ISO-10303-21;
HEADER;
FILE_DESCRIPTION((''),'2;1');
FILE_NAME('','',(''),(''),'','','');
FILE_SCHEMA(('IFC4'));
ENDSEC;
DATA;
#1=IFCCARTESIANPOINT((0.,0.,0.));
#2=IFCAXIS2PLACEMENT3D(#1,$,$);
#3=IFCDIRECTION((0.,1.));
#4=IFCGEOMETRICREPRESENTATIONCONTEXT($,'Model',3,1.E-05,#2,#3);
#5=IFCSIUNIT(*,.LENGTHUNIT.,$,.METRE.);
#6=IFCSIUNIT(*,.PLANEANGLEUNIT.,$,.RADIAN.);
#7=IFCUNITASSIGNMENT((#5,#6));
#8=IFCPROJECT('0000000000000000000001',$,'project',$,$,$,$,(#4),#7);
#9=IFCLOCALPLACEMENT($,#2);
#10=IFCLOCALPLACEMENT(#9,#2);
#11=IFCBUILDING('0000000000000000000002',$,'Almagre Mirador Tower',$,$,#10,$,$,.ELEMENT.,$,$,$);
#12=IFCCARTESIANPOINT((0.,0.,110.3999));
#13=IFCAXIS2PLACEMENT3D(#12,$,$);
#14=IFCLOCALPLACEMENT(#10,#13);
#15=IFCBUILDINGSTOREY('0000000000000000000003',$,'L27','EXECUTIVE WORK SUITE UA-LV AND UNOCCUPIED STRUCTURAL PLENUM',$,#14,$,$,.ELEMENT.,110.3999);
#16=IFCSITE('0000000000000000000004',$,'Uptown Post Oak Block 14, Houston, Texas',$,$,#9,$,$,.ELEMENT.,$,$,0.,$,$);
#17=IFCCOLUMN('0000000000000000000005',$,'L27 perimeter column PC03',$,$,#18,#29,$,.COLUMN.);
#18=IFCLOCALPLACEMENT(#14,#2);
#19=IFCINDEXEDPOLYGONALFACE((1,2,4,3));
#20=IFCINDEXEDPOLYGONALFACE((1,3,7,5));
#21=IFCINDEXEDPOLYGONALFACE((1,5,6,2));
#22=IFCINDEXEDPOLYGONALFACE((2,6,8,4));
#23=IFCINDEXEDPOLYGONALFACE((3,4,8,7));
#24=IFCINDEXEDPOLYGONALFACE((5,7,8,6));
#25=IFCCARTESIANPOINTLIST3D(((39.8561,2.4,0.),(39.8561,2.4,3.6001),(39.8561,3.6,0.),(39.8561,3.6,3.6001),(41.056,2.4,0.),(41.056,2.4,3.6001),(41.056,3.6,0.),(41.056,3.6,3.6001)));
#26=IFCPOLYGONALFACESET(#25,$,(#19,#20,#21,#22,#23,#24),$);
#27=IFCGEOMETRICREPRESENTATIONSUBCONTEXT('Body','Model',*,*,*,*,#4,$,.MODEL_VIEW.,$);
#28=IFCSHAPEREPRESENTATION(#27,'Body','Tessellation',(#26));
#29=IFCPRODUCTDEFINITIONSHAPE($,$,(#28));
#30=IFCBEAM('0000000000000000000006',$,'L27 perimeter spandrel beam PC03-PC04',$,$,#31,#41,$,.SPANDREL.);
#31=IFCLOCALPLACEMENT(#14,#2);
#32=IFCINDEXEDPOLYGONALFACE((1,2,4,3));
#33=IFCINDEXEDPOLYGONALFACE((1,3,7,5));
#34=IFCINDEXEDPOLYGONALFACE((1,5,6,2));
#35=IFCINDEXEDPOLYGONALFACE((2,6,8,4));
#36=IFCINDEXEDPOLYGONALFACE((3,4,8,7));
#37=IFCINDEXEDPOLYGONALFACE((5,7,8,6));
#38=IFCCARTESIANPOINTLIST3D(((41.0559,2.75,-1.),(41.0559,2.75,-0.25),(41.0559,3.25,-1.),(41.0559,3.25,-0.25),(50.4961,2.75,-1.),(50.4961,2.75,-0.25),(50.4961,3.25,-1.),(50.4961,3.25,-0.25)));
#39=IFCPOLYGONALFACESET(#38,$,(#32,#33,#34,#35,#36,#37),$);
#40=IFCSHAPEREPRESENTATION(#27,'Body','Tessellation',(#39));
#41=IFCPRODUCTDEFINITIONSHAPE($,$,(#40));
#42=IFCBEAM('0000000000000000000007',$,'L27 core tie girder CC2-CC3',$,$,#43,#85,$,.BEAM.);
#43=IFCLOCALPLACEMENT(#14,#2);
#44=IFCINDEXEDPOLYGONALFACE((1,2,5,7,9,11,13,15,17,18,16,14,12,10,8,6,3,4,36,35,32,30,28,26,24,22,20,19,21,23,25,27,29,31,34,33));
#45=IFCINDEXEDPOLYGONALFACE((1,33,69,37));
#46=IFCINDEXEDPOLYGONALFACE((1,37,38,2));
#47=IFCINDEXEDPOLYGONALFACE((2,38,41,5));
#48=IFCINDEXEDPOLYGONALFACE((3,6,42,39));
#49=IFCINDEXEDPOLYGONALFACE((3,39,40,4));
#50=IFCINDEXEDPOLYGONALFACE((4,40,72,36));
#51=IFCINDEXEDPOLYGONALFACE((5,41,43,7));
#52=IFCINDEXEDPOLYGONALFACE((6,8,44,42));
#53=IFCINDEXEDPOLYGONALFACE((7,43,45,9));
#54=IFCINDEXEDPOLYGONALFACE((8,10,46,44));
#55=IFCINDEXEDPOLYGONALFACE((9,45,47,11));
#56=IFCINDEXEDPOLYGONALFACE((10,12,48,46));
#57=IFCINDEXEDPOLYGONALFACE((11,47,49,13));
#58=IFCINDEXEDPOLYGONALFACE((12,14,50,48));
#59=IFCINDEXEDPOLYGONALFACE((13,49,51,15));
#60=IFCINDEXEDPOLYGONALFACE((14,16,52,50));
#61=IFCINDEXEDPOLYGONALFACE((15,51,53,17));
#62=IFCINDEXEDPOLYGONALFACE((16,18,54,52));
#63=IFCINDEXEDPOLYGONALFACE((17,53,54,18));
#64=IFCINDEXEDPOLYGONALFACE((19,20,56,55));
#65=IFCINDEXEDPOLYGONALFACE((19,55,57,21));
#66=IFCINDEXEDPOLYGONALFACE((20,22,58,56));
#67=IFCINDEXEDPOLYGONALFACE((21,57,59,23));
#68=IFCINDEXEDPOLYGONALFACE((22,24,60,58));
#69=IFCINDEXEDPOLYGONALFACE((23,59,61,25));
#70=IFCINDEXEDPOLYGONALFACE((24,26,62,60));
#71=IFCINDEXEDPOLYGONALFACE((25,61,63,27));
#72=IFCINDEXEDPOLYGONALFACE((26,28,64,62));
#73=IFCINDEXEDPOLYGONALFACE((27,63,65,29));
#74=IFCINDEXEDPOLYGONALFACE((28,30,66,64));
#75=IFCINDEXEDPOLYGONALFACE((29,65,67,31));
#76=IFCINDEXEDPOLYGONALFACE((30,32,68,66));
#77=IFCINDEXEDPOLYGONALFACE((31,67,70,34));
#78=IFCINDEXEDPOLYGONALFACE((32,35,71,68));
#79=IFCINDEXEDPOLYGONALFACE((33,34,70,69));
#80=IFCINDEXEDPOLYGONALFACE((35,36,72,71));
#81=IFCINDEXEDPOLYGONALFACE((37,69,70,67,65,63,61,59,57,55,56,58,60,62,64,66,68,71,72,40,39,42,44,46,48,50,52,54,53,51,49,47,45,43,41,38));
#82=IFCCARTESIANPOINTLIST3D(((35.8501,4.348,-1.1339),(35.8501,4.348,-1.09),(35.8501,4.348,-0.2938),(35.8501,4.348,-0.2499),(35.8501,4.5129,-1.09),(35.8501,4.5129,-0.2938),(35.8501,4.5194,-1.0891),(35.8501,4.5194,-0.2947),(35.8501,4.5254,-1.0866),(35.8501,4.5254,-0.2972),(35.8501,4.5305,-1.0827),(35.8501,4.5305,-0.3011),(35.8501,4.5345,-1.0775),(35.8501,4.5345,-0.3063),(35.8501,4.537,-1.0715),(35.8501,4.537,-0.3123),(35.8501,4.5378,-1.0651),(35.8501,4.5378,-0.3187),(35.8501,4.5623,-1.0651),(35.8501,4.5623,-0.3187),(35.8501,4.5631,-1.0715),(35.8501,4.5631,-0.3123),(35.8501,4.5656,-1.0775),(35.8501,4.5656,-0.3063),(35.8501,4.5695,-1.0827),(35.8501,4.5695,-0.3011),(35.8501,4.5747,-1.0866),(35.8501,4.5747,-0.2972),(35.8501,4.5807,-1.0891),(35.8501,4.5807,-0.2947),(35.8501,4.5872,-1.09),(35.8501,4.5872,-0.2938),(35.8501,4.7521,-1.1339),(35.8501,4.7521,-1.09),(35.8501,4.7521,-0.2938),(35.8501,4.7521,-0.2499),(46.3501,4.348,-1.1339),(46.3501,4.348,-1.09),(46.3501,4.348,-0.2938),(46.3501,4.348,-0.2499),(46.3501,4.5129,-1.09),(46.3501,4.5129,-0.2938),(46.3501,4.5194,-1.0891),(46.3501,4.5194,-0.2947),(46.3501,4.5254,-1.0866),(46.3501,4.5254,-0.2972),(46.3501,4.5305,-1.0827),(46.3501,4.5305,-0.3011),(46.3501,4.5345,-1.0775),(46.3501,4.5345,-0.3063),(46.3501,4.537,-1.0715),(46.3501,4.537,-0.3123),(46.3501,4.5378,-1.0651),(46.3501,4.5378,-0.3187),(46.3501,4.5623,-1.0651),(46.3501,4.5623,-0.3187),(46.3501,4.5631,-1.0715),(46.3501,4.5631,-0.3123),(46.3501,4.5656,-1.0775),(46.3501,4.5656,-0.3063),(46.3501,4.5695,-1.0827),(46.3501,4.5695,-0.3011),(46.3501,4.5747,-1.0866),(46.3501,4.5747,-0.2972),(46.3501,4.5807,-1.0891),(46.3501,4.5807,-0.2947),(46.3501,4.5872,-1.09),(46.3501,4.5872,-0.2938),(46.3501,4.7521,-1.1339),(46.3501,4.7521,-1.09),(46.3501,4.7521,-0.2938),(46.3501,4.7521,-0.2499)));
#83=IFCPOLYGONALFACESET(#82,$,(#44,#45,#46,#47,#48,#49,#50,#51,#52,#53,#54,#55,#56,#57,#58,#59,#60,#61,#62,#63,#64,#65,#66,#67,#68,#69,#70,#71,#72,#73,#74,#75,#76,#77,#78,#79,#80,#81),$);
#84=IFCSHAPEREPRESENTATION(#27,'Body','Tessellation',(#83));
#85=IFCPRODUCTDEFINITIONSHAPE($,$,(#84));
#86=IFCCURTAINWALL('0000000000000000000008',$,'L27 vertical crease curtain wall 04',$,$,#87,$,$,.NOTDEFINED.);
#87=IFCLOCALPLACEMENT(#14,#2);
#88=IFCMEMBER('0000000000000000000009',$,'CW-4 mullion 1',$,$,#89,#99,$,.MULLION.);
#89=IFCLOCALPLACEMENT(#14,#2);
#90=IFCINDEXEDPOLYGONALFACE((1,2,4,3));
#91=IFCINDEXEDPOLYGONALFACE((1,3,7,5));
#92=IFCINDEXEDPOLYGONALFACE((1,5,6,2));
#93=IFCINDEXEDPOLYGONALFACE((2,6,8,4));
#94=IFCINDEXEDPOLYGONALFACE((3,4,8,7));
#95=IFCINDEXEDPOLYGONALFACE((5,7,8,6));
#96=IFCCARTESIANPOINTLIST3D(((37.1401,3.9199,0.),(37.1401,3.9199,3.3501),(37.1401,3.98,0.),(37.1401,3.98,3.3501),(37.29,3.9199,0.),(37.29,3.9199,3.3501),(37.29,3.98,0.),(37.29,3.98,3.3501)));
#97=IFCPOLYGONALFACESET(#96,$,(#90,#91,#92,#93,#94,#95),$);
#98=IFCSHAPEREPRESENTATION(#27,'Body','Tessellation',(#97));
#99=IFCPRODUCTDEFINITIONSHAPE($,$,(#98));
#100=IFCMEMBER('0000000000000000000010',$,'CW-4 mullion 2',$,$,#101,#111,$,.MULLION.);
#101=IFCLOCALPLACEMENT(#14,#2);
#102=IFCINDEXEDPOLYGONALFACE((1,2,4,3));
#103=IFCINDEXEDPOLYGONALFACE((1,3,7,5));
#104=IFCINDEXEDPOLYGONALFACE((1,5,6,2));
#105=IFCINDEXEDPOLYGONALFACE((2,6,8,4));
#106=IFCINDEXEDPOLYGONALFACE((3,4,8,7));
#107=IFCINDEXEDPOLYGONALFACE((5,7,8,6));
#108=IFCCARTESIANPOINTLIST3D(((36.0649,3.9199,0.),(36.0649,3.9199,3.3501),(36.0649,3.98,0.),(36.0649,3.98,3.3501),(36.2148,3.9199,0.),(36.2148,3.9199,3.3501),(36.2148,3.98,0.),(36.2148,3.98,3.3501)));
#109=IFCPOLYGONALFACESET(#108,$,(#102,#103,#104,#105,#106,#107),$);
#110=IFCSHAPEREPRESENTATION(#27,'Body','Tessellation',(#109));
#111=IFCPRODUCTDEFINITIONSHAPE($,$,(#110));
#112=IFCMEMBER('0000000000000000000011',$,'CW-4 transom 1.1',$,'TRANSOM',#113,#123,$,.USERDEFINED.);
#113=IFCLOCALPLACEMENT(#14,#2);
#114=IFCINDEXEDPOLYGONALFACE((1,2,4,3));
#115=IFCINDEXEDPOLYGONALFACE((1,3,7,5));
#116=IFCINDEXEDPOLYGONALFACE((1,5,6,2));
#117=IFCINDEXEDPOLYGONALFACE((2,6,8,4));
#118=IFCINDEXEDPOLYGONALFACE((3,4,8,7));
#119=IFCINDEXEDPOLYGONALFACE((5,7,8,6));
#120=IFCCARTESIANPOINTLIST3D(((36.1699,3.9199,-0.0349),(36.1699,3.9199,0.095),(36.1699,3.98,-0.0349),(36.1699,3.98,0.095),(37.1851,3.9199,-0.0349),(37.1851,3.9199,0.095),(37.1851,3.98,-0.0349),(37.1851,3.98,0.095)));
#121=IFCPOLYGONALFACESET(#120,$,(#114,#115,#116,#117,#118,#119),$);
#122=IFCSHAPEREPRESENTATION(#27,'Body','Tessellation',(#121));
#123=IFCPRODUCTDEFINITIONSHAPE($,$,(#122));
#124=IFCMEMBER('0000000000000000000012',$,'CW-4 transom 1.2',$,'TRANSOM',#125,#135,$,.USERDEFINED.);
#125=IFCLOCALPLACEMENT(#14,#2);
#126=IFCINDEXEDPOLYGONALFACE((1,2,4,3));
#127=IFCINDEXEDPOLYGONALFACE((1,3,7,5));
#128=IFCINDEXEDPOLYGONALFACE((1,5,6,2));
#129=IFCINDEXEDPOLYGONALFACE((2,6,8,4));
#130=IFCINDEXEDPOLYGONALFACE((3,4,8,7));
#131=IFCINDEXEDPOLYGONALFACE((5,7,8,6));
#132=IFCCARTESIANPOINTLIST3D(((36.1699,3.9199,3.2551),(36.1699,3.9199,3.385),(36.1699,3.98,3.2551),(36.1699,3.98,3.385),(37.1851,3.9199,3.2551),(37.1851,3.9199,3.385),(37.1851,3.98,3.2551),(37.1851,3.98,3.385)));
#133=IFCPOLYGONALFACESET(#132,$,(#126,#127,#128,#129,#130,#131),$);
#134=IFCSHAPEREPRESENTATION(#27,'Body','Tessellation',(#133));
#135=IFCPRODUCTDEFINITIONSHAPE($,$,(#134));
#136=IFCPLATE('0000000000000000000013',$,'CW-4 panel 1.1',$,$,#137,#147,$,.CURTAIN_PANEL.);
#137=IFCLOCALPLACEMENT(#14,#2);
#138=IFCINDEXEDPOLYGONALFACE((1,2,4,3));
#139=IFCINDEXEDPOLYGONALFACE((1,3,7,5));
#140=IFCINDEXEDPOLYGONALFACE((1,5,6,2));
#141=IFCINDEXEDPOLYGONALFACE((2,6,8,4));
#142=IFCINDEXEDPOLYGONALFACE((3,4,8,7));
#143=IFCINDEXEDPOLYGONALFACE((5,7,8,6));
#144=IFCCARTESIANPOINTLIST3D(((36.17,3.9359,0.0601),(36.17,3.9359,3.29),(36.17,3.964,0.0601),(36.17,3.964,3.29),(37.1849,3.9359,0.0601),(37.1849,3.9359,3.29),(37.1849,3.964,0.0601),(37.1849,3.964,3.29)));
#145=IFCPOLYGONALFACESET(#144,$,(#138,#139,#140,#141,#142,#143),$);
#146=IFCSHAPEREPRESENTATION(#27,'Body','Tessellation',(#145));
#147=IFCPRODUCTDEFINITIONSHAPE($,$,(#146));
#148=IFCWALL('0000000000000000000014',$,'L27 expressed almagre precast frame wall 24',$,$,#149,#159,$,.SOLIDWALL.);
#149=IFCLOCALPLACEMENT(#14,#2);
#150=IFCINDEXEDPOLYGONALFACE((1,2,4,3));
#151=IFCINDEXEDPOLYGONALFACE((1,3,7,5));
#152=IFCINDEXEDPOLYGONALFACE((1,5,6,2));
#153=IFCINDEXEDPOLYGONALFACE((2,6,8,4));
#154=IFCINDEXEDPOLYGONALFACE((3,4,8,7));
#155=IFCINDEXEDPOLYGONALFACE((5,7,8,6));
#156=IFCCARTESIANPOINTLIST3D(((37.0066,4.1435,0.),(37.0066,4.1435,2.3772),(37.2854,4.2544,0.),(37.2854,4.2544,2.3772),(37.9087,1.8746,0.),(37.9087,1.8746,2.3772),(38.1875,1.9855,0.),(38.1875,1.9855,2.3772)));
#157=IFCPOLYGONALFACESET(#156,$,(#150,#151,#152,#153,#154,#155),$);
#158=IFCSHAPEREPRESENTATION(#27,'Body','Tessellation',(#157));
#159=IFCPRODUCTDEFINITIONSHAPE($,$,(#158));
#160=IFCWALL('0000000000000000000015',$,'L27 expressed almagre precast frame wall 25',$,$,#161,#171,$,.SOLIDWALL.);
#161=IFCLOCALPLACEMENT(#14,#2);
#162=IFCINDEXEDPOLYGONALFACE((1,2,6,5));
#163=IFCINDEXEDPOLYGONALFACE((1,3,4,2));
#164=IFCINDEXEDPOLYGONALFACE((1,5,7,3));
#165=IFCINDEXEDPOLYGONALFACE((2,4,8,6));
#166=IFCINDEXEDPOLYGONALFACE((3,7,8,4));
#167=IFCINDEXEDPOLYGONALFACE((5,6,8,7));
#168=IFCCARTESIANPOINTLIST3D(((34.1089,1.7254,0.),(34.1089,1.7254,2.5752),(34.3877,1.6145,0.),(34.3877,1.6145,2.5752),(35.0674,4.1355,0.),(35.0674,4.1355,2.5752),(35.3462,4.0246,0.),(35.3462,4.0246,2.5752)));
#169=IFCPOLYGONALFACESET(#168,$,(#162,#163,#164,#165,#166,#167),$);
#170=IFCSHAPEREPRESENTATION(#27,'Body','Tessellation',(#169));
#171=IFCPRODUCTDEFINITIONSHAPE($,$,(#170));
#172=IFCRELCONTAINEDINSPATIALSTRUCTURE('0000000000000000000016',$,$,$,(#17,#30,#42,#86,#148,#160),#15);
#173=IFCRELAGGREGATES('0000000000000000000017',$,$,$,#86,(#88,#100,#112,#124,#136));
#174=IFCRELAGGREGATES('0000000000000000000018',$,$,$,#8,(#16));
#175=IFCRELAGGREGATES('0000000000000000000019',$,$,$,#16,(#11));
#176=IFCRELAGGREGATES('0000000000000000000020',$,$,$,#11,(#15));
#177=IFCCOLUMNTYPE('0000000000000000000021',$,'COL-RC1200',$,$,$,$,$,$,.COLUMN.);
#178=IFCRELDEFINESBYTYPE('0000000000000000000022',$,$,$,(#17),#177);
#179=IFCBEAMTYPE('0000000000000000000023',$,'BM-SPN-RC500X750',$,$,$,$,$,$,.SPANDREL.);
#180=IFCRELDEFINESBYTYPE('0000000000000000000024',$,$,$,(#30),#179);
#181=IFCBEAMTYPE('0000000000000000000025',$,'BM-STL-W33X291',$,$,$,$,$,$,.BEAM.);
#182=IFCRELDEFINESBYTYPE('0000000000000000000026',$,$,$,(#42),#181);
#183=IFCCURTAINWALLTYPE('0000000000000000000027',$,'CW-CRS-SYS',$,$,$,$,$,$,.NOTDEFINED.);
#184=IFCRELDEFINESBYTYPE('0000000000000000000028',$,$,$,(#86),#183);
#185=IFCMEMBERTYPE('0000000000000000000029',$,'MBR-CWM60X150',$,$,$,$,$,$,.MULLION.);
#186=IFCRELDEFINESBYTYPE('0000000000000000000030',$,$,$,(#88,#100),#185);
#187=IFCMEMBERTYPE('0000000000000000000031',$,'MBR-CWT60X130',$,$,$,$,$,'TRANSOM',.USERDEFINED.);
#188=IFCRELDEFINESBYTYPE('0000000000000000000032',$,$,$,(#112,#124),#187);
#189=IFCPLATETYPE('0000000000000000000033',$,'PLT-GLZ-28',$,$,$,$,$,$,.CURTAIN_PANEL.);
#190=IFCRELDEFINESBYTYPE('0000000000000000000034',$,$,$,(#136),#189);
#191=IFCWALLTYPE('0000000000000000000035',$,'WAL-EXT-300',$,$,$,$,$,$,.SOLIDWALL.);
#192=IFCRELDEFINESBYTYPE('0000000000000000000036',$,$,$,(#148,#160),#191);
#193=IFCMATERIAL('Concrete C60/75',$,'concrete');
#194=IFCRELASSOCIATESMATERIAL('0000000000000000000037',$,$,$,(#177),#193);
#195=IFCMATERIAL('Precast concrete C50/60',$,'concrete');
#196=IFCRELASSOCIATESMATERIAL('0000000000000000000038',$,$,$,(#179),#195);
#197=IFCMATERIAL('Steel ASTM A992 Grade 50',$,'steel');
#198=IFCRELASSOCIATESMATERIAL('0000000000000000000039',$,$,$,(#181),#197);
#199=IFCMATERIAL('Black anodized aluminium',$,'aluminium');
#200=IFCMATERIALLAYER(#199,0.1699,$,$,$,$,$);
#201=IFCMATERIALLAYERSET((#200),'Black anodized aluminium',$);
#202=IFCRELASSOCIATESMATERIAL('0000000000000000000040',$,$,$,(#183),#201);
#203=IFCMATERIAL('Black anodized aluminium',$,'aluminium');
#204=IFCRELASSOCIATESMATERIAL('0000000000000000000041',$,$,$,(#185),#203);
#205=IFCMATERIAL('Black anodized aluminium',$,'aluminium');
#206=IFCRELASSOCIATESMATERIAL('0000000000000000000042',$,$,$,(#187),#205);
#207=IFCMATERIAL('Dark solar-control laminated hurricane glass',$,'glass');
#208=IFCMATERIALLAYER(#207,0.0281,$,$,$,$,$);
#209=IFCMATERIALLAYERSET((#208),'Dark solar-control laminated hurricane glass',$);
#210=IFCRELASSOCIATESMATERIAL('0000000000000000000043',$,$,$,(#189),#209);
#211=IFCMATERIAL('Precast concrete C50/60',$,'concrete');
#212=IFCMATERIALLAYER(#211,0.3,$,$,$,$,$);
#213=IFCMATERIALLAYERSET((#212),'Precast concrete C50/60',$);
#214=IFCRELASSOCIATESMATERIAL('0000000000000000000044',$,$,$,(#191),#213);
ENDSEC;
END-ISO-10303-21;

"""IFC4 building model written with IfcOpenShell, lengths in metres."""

from ifc_helpers import new_model, si_unit, direction, frame, frame_2d, origin, origin_2d, place, context, subcontext, project, spatial, rectangle, i_section, extrude, material, layer, layer_set, material_profile, profile_set, type_object, element, aggregate, save


model = new_model("IFC4")

# Units and contexts
model_context = context("Model", 3, precision=1e-05, world=origin(), true_north=direction((0.0, 1.0)))
body_context = subcontext(model_context, "Body", "Model", "MODEL_VIEW")
ifc_project = project(units=[si_unit("LENGTHUNIT", "METRE"), si_unit("PLANEANGLEUNIT", "RADIAN")], contexts=[model_context])

# Site, building, storey
site_placement = place(None, origin())
site = spatial("IfcSite", under=ifc_project, at=site_placement, Name="Uptown Post Oak Block 14, Houston, Texas", CompositionType="ELEMENT", RefElevation=0.0)
building_placement = place(site_placement, origin())
building = spatial("IfcBuilding", under=site, at=building_placement, Name="Almagre Mirador Tower", CompositionType="ELEMENT")
storey_placement = place(building_placement, frame((0.0, 0.0, 110.3999)))
storey = spatial("IfcBuildingStorey", under=building, at=storey_placement, Name="L27", Description="EXECUTIVE WORK SUITE UA-LV AND UNOCCUPIED STRUCTURAL PLENUM", CompositionType="ELEMENT", Elevation=110.3999)

# Column
ifc_material_1 = material(Name="Concrete C60/75", Category="concrete")
ifc_material_profile_1 = material_profile(ifc_material_1, rectangle(XDim=1.2, YDim=1.2, at=origin_2d()), Name="RC1200X1200")
ifc_profile_set_1 = profile_set([ifc_material_profile_1], Name="Concrete C60/75")
column_type = type_object("IfcColumnType", Name="COL-RC1200", PredefinedType="COLUMN", material=ifc_profile_set_1)
column_placement = place(storey_placement, frame((40.4561, 3.0, 0.0), z_axis=(0.0, 0.0, 1.0), x_axis=(1.0, 0.0, 0.0)))
element("IfcColumn", 1, at=column_placement, inside=storey, type_object=column_type, Name="L27 perimeter column PC03", PredefinedType="COLUMN", context=body_context, shape_type="SweptSolid", body=[
    extrude(rectangle(XDim=1.2, YDim=1.2, at=origin_2d()), origin(), (0.0, 0.0, 1.0), 3.6001),
])

# Beams
ifc_material_2 = material(Name="Precast concrete C50/60", Category="concrete")
ifc_material_profile_2 = material_profile(ifc_material_2, rectangle(XDim=0.5, YDim=0.75, at=origin_2d()), Name="RC500X750")
ifc_profile_set_2 = profile_set([ifc_material_profile_2], Name="Precast concrete C50/60")
beam_type_1 = type_object("IfcBeamType", Name="BM-SPN-RC500X750", PredefinedType="SPANDREL", material=ifc_profile_set_2)
beam_1_placement = place(storey_placement, frame((41.0559, 3.0, -0.625), z_axis=(1.0, 0.0, 0.0), x_axis=(0.0, 1.0, 0.0)))
element("IfcBeam", 2, at=beam_1_placement, inside=storey, type_object=beam_type_1, Name="L27 perimeter spandrel beam PC03-PC04", PredefinedType="SPANDREL", context=body_context, shape_type="SweptSolid", body=[
    extrude(rectangle(XDim=0.5, YDim=0.75, at=origin_2d()), origin(), (0.0, 0.0, 1.0), 9.4402),
])
ifc_material_3 = material(Name="Steel ASTM A992 Grade 50", Category="steel")
ifc_material_profile_3 = material_profile(ifc_material_3, i_section(OverallWidth=0.4041, OverallDepth=0.884, WebThickness=0.0244, FlangeThickness=0.0439, FilletRadius=0.0249, at=origin_2d()), Name="W33X291")
ifc_profile_set_3 = profile_set([ifc_material_profile_3], Name="Steel ASTM A992 Grade 50")
beam_type_2 = type_object("IfcBeamType", Name="BM-STL-W33X291", PredefinedType="BEAM", material=ifc_profile_set_3)
beam_2_placement = place(storey_placement, frame((35.8501, 4.55, -0.6919), z_axis=(1.0, 0.0, 0.0), x_axis=(0.0, 1.0, 0.0)))
element("IfcBeam", 3, at=beam_2_placement, inside=storey, type_object=beam_type_2, Name="L27 core tie girder CC2-CC3", PredefinedType="BEAM", context=body_context, shape_type="SweptSolid", body=[
    extrude(i_section(OverallWidth=0.4041, OverallDepth=0.884, WebThickness=0.0244, FlangeThickness=0.0439, FilletRadius=0.0249, at=origin_2d()), origin(), (0.0, 0.0, 1.0), 10.5),
])

# Curtain wall, members, plate
ifc_material_4 = material(Name="Black anodized aluminium", Category="aluminium")
ifc_layer_1 = layer(ifc_material_4, 0.1699)
ifc_layer_set_1 = layer_set([ifc_layer_1], Name="Black anodized aluminium")
curtain_wall_type = type_object("IfcCurtainWallType", Name="CW-CRS-SYS", PredefinedType="NOTDEFINED", material=ifc_layer_set_1)
curtain_wall_placement = place(storey_placement, origin())
curtain_wall = element("IfcCurtainWall", 4, at=curtain_wall_placement, inside=storey, type_object=curtain_wall_type, Name="L27 vertical crease curtain wall 04", PredefinedType="NOTDEFINED")
ifc_material_5 = material(Name="Black anodized aluminium", Category="aluminium")
ifc_material_profile_4 = material_profile(ifc_material_5, rectangle(XDim=0.0601, YDim=0.1499, at=origin_2d()), Name="CWM60X150")
ifc_profile_set_4 = profile_set([ifc_material_profile_4], Name="Black anodized aluminium")
member_type_1 = type_object("IfcMemberType", Name="MBR-CWM60X150", PredefinedType="MULLION", material=ifc_profile_set_4)
member_1_placement = place(storey_placement, frame((37.2151, 3.95, 0.0), z_axis=(0.0, 0.0, 1.0), x_axis=(0.0, -1.0, 0.0)))
member_1 = element("IfcMember", 5, at=member_1_placement, type_object=member_type_1, Name="CW-4 mullion 1", PredefinedType="MULLION", context=body_context, shape_type="SweptSolid", body=[
    extrude(rectangle(XDim=0.0601, YDim=0.1499, at=origin_2d()), origin(), (0.0, 0.0, 1.0), 3.3501),
])
member_2_placement = place(storey_placement, frame((36.1399, 3.95, 0.0), z_axis=(0.0, 0.0, 1.0), x_axis=(0.0, -1.0, 0.0)))
member_2 = element("IfcMember", 6, at=member_2_placement, type_object=member_type_1, Name="CW-4 mullion 2", PredefinedType="MULLION", context=body_context, shape_type="SweptSolid", body=[
    extrude(rectangle(XDim=0.0601, YDim=0.1499, at=origin_2d()), origin(), (0.0, 0.0, 1.0), 3.3501),
])
ifc_material_6 = material(Name="Black anodized aluminium", Category="aluminium")
ifc_material_profile_5 = material_profile(ifc_material_6, rectangle(XDim=0.0601, YDim=0.1299, at=origin_2d()), Name="CWT60X130")
ifc_profile_set_5 = profile_set([ifc_material_profile_5], Name="Black anodized aluminium")
member_type_2 = type_object("IfcMemberType", Name="MBR-CWT60X130", ElementType="TRANSOM", PredefinedType="USERDEFINED", material=ifc_profile_set_5)
member_3_placement = place(storey_placement, frame((37.1851, 3.95, 0.03), z_axis=(-1.0, 0.0, 0.0), x_axis=(0.0, -1.0, 0.0)))
member_3 = element("IfcMember", 7, at=member_3_placement, type_object=member_type_2, Name="CW-4 transom 1.1", ObjectType="TRANSOM", PredefinedType="USERDEFINED", context=body_context, shape_type="SweptSolid", body=[
    extrude(rectangle(XDim=0.0601, YDim=0.1299, at=origin_2d()), origin(), (0.0, 0.0, 1.0), 1.0151),
])
member_4_placement = place(storey_placement, frame((37.1851, 3.95, 3.3201), z_axis=(-1.0, 0.0, 0.0), x_axis=(0.0, -1.0, 0.0)))
member_4 = element("IfcMember", 8, at=member_4_placement, type_object=member_type_2, Name="CW-4 transom 1.2", ObjectType="TRANSOM", PredefinedType="USERDEFINED", context=body_context, shape_type="SweptSolid", body=[
    extrude(rectangle(XDim=0.0601, YDim=0.1299, at=origin_2d()), origin(), (0.0, 0.0, 1.0), 1.0151),
])
ifc_material_7 = material(Name="Dark solar-control laminated hurricane glass", Category="glass")
ifc_layer_2 = layer(ifc_material_7, 0.0281)
ifc_layer_set_2 = layer_set([ifc_layer_2], Name="Dark solar-control laminated hurricane glass")
plate_type = type_object("IfcPlateType", Name="PLT-GLZ-28", PredefinedType="CURTAIN_PANEL", material=ifc_layer_set_2)
plate_placement = place(storey_placement, frame((36.6775, 3.95, 0.0601), z_axis=(0.0, 0.0, 1.0), x_axis=(-1.0, 0.0, 0.0)))
plate = element("IfcPlate", 9, at=plate_placement, type_object=plate_type, Name="CW-4 panel 1.1", PredefinedType="CURTAIN_PANEL", context=body_context, shape_type="SweptSolid", body=[
    extrude(rectangle(XDim=1.0149, YDim=0.0281, at=origin_2d()), origin(), (0.0, 0.0, 1.0), 3.23),
])
aggregate(curtain_wall, [member_1, member_2, member_3, member_4, plate])

# Walls
ifc_material_8 = material(Name="Precast concrete C50/60", Category="concrete")
ifc_layer_3 = layer(ifc_material_8, 0.3)
ifc_layer_set_3 = layer_set([ifc_layer_3], Name="Precast concrete C50/60")
wall_type_1 = type_object("IfcWallType", Name="WAL-EXT-300", PredefinedType="SOLIDWALL", material=ifc_layer_set_3)
wall_1_placement = place(storey_placement, frame((38.0481, 1.9302, 0.0), z_axis=(0.0, 0.0, 1.0), x_axis=(-0.369476, 0.92924, 0.0)))
element("IfcWall", 10, at=wall_1_placement, inside=storey, type_object=wall_type_1, Name="L27 expressed almagre precast frame wall 24", PredefinedType="SOLIDWALL", context=body_context, shape_type="SweptSolid", body=[
    extrude(rectangle(XDim=2.4417, YDim=0.3, at=frame_2d((1.2207, 0.0))), origin(), (0.0, 0.0, 1.0), 2.3772),
])
wall_2_placement = place(storey_placement, frame((35.2068, 4.0801, 0.0), z_axis=(0.0, 0.0, 1.0), x_axis=(-0.36954, -0.929215, 0.0)))
element("IfcWall", 11, at=wall_2_placement, inside=storey, type_object=wall_type_1, Name="L27 expressed almagre precast frame wall 25", PredefinedType="SOLIDWALL", context=body_context, shape_type="SweptSolid", body=[
    extrude(rectangle(XDim=2.5938, YDim=0.3, at=frame_2d((1.2969, 0.0))), origin(), (0.0, 0.0, 1.0), 2.5752),
])

save(model, "model.ifc")
